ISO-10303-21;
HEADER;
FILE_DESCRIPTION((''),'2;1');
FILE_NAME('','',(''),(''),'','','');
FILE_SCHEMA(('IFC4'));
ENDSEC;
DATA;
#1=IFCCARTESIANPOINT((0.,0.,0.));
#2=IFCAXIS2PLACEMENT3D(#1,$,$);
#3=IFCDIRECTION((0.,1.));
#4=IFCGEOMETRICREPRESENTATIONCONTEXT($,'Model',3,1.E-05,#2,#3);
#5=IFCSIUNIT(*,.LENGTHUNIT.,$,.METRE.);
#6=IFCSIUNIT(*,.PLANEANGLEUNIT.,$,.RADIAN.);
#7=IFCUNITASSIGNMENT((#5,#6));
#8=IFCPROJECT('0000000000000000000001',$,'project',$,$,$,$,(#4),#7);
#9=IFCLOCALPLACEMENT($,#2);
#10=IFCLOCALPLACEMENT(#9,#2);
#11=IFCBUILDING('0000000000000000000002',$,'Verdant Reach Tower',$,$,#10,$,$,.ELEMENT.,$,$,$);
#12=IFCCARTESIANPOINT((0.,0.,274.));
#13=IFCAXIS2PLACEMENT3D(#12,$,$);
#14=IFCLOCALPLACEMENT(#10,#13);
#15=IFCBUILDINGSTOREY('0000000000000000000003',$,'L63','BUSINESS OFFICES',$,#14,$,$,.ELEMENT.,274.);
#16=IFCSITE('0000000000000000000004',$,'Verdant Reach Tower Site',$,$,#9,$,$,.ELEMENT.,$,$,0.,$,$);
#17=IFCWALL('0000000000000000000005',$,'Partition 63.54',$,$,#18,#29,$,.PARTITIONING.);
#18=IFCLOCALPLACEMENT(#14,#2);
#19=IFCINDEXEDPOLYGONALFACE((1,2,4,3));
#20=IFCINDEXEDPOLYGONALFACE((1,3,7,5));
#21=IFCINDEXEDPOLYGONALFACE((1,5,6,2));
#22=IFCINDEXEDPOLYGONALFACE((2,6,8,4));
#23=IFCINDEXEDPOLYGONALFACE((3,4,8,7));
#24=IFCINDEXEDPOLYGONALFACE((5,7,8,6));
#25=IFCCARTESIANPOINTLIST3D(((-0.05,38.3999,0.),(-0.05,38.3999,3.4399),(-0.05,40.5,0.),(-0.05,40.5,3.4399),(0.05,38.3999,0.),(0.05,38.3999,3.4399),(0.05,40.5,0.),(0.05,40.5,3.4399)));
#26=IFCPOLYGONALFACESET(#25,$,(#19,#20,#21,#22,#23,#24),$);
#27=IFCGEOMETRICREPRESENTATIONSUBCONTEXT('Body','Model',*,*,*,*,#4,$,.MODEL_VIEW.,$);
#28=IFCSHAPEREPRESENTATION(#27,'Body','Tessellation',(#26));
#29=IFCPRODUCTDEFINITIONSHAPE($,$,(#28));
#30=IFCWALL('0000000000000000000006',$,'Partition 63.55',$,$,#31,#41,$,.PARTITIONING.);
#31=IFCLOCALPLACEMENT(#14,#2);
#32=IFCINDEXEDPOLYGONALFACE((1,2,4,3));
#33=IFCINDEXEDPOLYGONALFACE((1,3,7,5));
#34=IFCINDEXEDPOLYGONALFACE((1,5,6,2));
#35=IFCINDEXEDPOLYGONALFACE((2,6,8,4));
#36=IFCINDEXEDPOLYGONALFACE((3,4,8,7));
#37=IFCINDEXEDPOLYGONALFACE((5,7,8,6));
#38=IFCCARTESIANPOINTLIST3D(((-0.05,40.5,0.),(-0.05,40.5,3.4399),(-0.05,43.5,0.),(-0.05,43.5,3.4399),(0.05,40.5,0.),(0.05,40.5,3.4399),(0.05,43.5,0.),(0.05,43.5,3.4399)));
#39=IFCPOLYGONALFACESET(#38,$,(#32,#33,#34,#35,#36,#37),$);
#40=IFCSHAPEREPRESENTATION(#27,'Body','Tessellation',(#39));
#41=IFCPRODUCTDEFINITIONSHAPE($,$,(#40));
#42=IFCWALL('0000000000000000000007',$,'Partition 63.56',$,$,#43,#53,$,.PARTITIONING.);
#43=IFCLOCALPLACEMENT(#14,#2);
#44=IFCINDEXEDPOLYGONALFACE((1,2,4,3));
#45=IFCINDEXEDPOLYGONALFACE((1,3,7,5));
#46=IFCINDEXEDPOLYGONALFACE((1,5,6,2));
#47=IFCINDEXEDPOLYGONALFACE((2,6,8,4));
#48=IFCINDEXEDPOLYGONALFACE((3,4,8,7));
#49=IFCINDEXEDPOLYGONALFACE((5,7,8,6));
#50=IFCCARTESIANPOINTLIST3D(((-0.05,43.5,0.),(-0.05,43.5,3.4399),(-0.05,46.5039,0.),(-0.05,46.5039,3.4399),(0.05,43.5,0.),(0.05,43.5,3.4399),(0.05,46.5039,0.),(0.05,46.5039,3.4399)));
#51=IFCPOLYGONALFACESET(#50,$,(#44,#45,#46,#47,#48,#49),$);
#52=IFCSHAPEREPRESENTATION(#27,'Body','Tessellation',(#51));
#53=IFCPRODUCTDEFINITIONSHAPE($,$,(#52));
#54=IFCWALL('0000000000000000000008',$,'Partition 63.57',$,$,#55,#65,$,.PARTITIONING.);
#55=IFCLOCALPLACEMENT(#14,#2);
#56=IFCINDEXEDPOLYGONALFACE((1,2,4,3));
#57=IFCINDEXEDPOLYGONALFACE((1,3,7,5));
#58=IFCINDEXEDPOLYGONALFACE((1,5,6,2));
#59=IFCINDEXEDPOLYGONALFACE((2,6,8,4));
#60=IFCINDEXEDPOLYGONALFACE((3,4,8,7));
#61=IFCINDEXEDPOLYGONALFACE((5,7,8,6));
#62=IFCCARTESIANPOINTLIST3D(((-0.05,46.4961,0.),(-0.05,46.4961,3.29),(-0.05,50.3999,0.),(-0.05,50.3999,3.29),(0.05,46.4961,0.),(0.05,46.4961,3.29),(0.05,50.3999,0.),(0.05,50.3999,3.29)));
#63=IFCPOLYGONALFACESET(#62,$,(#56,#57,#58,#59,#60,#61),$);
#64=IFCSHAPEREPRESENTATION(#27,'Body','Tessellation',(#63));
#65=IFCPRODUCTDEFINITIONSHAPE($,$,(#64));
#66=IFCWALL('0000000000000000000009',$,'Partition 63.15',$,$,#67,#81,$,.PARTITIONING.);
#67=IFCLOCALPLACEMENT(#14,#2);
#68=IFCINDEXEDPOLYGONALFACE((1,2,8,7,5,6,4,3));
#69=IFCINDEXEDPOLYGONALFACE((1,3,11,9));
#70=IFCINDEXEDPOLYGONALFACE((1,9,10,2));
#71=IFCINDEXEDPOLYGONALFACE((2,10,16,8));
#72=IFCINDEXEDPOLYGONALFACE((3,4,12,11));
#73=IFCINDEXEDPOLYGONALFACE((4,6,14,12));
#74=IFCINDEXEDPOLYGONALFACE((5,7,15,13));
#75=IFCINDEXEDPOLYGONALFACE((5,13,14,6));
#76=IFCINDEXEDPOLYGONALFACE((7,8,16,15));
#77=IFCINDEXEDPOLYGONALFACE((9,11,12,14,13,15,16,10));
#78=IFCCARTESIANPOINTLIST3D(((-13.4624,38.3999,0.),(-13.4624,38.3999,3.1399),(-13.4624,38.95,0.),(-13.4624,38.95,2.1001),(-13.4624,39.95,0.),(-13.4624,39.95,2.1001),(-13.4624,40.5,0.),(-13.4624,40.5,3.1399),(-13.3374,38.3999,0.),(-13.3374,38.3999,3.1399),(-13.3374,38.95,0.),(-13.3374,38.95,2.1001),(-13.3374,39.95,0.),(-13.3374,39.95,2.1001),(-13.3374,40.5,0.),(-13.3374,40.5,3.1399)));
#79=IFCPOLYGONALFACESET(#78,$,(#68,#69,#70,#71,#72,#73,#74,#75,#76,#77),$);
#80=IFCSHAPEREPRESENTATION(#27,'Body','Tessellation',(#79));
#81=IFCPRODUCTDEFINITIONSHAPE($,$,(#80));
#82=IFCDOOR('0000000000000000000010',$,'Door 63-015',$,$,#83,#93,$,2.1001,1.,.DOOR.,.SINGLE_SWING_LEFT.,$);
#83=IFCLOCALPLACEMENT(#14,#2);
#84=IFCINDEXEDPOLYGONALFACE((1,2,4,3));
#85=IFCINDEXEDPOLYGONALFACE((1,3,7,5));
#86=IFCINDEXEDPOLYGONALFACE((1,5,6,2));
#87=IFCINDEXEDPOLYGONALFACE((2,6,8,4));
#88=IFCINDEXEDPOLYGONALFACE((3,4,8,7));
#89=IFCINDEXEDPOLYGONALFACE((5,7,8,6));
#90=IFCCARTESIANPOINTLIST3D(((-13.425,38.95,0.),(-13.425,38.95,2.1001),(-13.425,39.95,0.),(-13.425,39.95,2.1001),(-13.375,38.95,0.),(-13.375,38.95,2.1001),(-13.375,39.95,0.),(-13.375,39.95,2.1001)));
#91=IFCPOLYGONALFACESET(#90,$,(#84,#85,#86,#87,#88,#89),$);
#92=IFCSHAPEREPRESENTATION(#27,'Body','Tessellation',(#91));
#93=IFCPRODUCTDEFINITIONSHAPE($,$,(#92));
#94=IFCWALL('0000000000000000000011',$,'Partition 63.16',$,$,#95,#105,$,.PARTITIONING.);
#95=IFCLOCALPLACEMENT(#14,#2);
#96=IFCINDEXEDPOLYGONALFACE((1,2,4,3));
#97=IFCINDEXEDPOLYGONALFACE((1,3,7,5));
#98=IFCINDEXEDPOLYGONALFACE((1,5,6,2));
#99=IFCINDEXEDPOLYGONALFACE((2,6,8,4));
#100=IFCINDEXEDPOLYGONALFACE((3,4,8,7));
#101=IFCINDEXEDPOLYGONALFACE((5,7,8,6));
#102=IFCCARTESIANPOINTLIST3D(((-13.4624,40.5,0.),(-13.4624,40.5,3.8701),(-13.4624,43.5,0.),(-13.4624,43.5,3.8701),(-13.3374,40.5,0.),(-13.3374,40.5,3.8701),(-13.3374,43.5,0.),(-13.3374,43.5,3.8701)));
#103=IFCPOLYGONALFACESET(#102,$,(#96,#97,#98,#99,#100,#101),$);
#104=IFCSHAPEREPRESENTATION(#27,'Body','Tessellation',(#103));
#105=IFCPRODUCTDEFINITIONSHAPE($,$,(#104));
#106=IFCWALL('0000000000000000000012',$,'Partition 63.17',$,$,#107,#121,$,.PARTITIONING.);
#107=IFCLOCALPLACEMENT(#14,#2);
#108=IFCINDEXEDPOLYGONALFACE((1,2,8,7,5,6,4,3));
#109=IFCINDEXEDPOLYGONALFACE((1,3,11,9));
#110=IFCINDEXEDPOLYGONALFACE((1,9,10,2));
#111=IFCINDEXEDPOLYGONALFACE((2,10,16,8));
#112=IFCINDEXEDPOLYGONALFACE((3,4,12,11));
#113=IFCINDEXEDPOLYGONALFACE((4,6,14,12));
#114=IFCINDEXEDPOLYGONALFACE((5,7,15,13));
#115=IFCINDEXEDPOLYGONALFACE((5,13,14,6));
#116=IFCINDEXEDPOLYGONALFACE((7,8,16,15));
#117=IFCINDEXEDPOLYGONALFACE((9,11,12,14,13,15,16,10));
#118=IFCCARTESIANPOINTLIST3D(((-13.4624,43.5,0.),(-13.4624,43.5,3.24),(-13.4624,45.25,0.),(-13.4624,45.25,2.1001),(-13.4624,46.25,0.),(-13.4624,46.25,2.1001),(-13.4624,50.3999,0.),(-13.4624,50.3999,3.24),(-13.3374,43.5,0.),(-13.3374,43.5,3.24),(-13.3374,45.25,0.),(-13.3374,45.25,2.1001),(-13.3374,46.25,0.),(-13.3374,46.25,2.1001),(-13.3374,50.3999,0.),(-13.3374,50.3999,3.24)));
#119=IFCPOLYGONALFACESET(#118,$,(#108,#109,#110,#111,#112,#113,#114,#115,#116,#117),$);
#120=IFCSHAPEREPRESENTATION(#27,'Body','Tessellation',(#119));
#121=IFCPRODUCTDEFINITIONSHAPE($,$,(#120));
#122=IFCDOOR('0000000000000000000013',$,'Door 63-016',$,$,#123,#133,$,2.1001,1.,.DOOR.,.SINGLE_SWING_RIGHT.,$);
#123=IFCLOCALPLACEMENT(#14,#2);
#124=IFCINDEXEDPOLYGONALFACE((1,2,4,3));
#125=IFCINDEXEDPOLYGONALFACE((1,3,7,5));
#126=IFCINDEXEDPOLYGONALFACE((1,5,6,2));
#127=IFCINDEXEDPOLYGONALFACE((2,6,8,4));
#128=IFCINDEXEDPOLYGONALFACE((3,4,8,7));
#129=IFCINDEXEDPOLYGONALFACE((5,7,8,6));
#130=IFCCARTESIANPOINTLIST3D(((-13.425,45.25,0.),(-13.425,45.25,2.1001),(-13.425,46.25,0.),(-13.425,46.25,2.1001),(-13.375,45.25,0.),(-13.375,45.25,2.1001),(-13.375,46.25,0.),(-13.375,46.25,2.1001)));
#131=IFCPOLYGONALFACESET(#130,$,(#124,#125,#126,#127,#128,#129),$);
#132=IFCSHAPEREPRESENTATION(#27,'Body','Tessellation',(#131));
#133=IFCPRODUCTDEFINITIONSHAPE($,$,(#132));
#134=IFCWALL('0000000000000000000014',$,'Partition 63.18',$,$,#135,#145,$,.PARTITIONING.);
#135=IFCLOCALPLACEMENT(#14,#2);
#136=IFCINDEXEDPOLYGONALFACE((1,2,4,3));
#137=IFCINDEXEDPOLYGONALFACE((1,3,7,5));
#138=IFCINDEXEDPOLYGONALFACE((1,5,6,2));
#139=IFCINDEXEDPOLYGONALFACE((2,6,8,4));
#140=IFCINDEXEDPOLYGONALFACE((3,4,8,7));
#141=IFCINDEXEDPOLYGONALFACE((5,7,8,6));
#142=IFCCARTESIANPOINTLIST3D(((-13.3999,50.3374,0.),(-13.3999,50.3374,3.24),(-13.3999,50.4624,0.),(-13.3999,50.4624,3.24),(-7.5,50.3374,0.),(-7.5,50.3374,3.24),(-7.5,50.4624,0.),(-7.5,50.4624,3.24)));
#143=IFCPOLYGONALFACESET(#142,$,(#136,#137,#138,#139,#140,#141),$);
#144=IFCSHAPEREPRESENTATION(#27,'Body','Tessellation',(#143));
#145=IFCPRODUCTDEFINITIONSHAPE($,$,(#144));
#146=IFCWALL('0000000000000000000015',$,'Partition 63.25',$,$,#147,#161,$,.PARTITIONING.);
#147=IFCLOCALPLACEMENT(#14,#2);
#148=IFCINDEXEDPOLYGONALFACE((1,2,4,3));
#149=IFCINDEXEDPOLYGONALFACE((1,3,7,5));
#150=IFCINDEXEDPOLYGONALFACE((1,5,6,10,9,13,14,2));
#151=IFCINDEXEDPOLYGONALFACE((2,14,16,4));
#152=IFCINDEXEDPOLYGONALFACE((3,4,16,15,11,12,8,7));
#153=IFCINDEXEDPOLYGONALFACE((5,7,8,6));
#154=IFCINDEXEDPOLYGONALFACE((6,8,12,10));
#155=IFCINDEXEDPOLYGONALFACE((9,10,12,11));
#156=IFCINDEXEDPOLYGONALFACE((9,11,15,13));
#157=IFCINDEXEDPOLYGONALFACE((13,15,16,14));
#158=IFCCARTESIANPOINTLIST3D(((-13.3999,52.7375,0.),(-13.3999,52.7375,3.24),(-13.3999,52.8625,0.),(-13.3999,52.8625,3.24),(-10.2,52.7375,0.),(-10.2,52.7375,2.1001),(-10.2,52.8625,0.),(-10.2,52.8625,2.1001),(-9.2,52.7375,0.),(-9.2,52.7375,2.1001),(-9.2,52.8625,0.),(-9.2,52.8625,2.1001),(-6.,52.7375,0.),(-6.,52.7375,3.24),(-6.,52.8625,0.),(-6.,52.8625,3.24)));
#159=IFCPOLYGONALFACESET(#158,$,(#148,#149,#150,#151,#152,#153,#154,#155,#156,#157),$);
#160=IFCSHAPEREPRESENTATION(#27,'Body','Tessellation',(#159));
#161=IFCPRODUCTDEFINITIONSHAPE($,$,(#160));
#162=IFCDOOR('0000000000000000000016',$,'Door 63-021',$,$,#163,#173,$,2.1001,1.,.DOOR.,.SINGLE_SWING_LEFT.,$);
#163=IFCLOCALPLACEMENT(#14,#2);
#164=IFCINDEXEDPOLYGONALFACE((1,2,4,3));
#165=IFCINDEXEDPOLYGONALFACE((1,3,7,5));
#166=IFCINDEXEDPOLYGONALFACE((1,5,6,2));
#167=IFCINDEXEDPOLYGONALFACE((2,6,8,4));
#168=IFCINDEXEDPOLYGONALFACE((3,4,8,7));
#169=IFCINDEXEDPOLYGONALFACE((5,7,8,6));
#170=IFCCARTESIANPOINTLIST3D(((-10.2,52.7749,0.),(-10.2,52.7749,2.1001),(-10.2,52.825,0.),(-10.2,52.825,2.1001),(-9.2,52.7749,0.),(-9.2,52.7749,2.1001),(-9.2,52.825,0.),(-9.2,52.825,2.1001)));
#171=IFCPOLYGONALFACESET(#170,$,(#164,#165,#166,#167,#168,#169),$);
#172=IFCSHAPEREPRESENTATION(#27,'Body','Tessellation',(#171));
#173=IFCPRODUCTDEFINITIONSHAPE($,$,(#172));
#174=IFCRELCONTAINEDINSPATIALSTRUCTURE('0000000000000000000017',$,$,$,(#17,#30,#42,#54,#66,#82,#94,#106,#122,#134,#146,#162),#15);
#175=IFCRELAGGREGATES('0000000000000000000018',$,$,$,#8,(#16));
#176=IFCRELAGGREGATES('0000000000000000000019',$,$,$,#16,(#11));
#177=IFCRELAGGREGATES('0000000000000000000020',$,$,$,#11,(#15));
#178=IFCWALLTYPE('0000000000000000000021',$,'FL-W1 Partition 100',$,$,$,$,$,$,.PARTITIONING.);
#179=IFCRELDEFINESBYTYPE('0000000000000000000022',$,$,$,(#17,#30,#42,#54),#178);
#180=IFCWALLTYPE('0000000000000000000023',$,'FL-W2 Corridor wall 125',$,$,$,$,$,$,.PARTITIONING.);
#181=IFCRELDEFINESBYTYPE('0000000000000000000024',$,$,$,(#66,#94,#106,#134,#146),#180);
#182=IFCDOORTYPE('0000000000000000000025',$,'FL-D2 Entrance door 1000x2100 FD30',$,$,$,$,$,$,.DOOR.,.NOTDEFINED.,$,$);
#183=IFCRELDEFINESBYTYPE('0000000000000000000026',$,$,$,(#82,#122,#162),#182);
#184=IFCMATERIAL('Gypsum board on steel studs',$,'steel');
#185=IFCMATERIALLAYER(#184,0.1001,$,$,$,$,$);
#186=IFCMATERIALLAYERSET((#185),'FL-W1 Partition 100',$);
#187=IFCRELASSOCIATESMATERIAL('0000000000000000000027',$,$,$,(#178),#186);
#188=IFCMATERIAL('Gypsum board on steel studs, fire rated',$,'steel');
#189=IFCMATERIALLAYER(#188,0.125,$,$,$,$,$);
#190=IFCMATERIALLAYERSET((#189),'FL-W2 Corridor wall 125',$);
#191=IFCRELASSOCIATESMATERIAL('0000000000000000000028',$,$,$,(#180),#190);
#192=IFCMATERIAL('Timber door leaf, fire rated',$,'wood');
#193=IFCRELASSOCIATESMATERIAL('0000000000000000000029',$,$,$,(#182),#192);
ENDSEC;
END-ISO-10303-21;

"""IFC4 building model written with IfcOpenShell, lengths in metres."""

from ifc_helpers import new_model, si_unit, direction, frame, frame_2d, origin, place, context, subcontext, project, spatial, rectangle, extrude, material, layer, layer_set, type_object, element, fill, save


model = new_model("IFC4")

# Units and contexts
model_context = context("Model", 3, precision=1e-05, world=origin(), true_north=direction((0.0, 1.0)))
body_context = subcontext(model_context, "Body", "Model", "MODEL_VIEW")
ifc_project = project(units=[si_unit("LENGTHUNIT", "METRE"), si_unit("PLANEANGLEUNIT", "RADIAN")], contexts=[model_context])

# Site, building, storey
site_placement = place(None, origin())
site = spatial("IfcSite", under=ifc_project, at=site_placement, Name="Verdant Reach Tower Site", CompositionType="ELEMENT", RefElevation=0.0)
building_placement = place(site_placement, origin())
building = spatial("IfcBuilding", under=site, at=building_placement, Name="Verdant Reach Tower", CompositionType="ELEMENT")
storey_placement = place(building_placement, frame((0.0, 0.0, 274.0)))
storey = spatial("IfcBuildingStorey", under=building, at=storey_placement, Name="L63", Description="BUSINESS OFFICES", CompositionType="ELEMENT", Elevation=274.0)

# Shared definitions
ifc_material_1 = material(Name="Gypsum board on steel studs", Category="steel")
ifc_layer_1 = layer(ifc_material_1, 0.1001)
ifc_layer_set_1 = layer_set([ifc_layer_1], Name="FL-W1 Partition 100")
wall_type_1 = type_object("IfcWallType", Name="FL-W1 Partition 100", PredefinedType="PARTITIONING", material=ifc_layer_set_1)

# Walls
wall_1_placement = place(storey_placement, frame((0.0, 38.3999, 0.0), z_axis=(0.0, 0.0, 1.0), x_axis=(0.0, 1.0, 0.0)))
element("IfcWall", 1, at=wall_1_placement, inside=storey, type_object=wall_type_1, Name="Partition 63.54", PredefinedType="PARTITIONING", context=body_context, shape_type="SweptSolid", body=[
    extrude(rectangle(XDim=2.1001, YDim=0.1001, at=frame_2d((1.05, 0.0))), origin(), (0.0, 0.0, 1.0), 3.4399),
])
wall_2_placement = place(storey_placement, frame((0.0, 40.5, 0.0), z_axis=(0.0, 0.0, 1.0), x_axis=(0.0, 1.0, 0.0)))
element("IfcWall", 2, at=wall_2_placement, inside=storey, type_object=wall_type_1, Name="Partition 63.55", PredefinedType="PARTITIONING", context=body_context, shape_type="SweptSolid", body=[
    extrude(rectangle(XDim=3.0, YDim=0.1001, at=frame_2d((1.5, 0.0))), origin(), (0.0, 0.0, 1.0), 3.4399),
])
wall_3_placement = place(storey_placement, frame((0.0, 43.5, 0.0), z_axis=(0.0, 0.0, 1.0), x_axis=(0.0, 1.0, 0.0)))
element("IfcWall", 3, at=wall_3_placement, inside=storey, type_object=wall_type_1, Name="Partition 63.56", PredefinedType="PARTITIONING", context=body_context, shape_type="SweptSolid", body=[
    extrude(rectangle(XDim=3.0039, YDim=0.1001, at=frame_2d((1.502, 0.0))), origin(), (0.0, 0.0, 1.0), 3.4399),
])
wall_4_placement = place(storey_placement, frame((0.0, 46.4961, 0.0), z_axis=(0.0, 0.0, 1.0), x_axis=(0.0, 1.0, 0.0)))
element("IfcWall", 4, at=wall_4_placement, inside=storey, type_object=wall_type_1, Name="Partition 63.57", PredefinedType="PARTITIONING", context=body_context, shape_type="SweptSolid", body=[
    extrude(rectangle(XDim=3.9038, YDim=0.1001, at=frame_2d((1.9519, 0.0))), origin(), (0.0, 0.0, 1.0), 3.29),
])

# Wall, opening, door
ifc_material_2 = material(Name="Gypsum board on steel studs, fire rated", Category="steel")
ifc_layer_2 = layer(ifc_material_2, 0.125)
ifc_layer_set_2 = layer_set([ifc_layer_2], Name="FL-W2 Corridor wall 125")
wall_type_2 = type_object("IfcWallType", Name="FL-W2 Corridor wall 125", PredefinedType="PARTITIONING", material=ifc_layer_set_2)
wall_5_placement = place(storey_placement, frame((-13.3999, 40.5, 0.0), z_axis=(0.0, 0.0, 1.0), x_axis=(0.0, -1.0, 0.0)))
wall_5 = element("IfcWall", 5, at=wall_5_placement, inside=storey, type_object=wall_type_2, Name="Partition 63.15", PredefinedType="PARTITIONING", context=body_context, shape_type="SweptSolid", body=[
    extrude(rectangle(XDim=2.1001, YDim=0.125, at=frame_2d((1.05, 0.0))), origin(), (0.0, 0.0, 1.0), 3.1399),
])
opening_1_placement = place(wall_5_placement, frame((0.55, 0.0, 0.0)))
opening_1 = element("IfcOpeningElement", 6, at=opening_1_placement, cuts=wall_5, PredefinedType="OPENING", context=body_context, shape_type="SweptSolid", body=[
    extrude(rectangle(XDim=1.0, YDim=2.1001, at=frame_2d((0.5, 1.05))), frame((0.0, 0.0725, 0.0), z_axis=(0.0, -1.0, 0.0), x_axis=(1.0, 0.0, 0.0)), (0.0, 0.0, 1.0), 0.145),
])
ifc_material_3 = material(Name="Timber door leaf, fire rated", Category="wood")
door_type_1 = type_object("IfcDoorType", Name="FL-D2 Entrance door 1000x2100 FD30", OperationType="NOTDEFINED", PredefinedType="DOOR", material=ifc_material_3)
door_1_placement = place(opening_1_placement, origin())
door_1 = element("IfcDoor", 7, at=door_1_placement, inside=storey, type_object=door_type_1, Name="Door 63-015", OperationType="SINGLE_SWING_LEFT", OverallHeight=2.1001, OverallWidth=1.0, PredefinedType="DOOR", context=body_context, shape_type="SweptSolid", body=[
    extrude(rectangle(XDim=1.0, YDim=2.1001, at=frame_2d((0.5, 1.05))), frame((0.0, 0.0249, 0.0), z_axis=(0.0, -1.0, 0.0), x_axis=(1.0, 0.0, 0.0)), (0.0, 0.0, 1.0), 0.05),
])
fill(opening_1, door_1)

# Wall
wall_6_placement = place(storey_placement, frame((-13.3999, 40.5, 0.0), z_axis=(0.0, 0.0, 1.0), x_axis=(0.0, 1.0, 0.0)))
element("IfcWall", 8, at=wall_6_placement, inside=storey, type_object=wall_type_2, Name="Partition 63.16", PredefinedType="PARTITIONING", context=body_context, shape_type="SweptSolid", body=[
    extrude(rectangle(XDim=3.0, YDim=0.125, at=frame_2d((1.5, 0.0))), origin(), (0.0, 0.0, 1.0), 3.8701),
])

# Wall, opening, door
wall_7_placement = place(storey_placement, frame((-13.3999, 50.3999, 0.0), z_axis=(0.0, 0.0, 1.0), x_axis=(0.0, -1.0, 0.0)))
wall_7 = element("IfcWall", 9, at=wall_7_placement, inside=storey, type_object=wall_type_2, Name="Partition 63.17", PredefinedType="PARTITIONING", context=body_context, shape_type="SweptSolid", body=[
    extrude(rectangle(XDim=6.8999, YDim=0.125, at=frame_2d((3.45, 0.0))), origin(), (0.0, 0.0, 1.0), 3.24),
])
opening_2_placement = place(wall_7_placement, frame((4.1499, 0.0, 0.0)))
opening_2 = element("IfcOpeningElement", 10, at=opening_2_placement, cuts=wall_7, PredefinedType="OPENING", context=body_context, shape_type="SweptSolid", body=[
    extrude(rectangle(XDim=1.0, YDim=2.1001, at=frame_2d((0.5, 1.05))), frame((0.0, 0.0725, 0.0), z_axis=(0.0, -1.0, 0.0), x_axis=(1.0, 0.0, 0.0)), (0.0, 0.0, 1.0), 0.145),
])
door_2_placement = place(opening_2_placement, origin())
door_2 = element("IfcDoor", 11, at=door_2_placement, inside=storey, type_object=door_type_1, Name="Door 63-016", OperationType="SINGLE_SWING_RIGHT", OverallHeight=2.1001, OverallWidth=1.0, PredefinedType="DOOR", context=body_context, shape_type="SweptSolid", body=[
    extrude(rectangle(XDim=1.0, YDim=2.1001, at=frame_2d((0.5, 1.05))), frame((0.0, 0.0249, 0.0), z_axis=(0.0, -1.0, 0.0), x_axis=(1.0, 0.0, 0.0)), (0.0, 0.0, 1.0), 0.05),
])
fill(opening_2, door_2)

# Wall
wall_8_placement = place(storey_placement, frame((-7.5, 50.3999, 0.0), z_axis=(0.0, 0.0, 1.0), x_axis=(-1.0, 0.0, 0.0)))
element("IfcWall", 12, at=wall_8_placement, inside=storey, type_object=wall_type_2, Name="Partition 63.18", PredefinedType="PARTITIONING", context=body_context, shape_type="SweptSolid", body=[
    extrude(rectangle(XDim=5.8999, YDim=0.125, at=frame_2d((2.95, 0.0))), origin(), (0.0, 0.0, 1.0), 3.24),
])

# Wall, opening, door
wall_9_placement = place(storey_placement, frame((-13.3999, 52.8, 0.0), z_axis=(0.0, 0.0, 1.0), x_axis=(1.0, 0.0, 0.0)))
wall_9 = element("IfcWall", 13, at=wall_9_placement, inside=storey, type_object=wall_type_2, Name="Partition 63.25", PredefinedType="PARTITIONING", context=body_context, shape_type="SweptSolid", body=[
    extrude(rectangle(XDim=7.3999, YDim=0.125, at=frame_2d((3.7, 0.0))), origin(), (0.0, 0.0, 1.0), 3.24),
])
opening_3_placement = place(wall_9_placement, frame((3.2, 0.0, 0.0)))
opening_3 = element("IfcOpeningElement", 14, at=opening_3_placement, cuts=wall_9, PredefinedType="OPENING", context=body_context, shape_type="SweptSolid", body=[
    extrude(rectangle(XDim=1.0, YDim=2.1001, at=frame_2d((0.5, 1.05))), frame((0.0, 0.0725, 0.0), z_axis=(0.0, -1.0, 0.0), x_axis=(1.0, 0.0, 0.0)), (0.0, 0.0, 1.0), 0.145),
])
door_3_placement = place(opening_3_placement, origin())
door_3 = element("IfcDoor", 15, at=door_3_placement, inside=storey, type_object=door_type_1, Name="Door 63-021", OperationType="SINGLE_SWING_LEFT", OverallHeight=2.1001, OverallWidth=1.0, PredefinedType="DOOR", context=body_context, shape_type="SweptSolid", body=[
    extrude(rectangle(XDim=1.0, YDim=2.1001, at=frame_2d((0.5, 1.05))), frame((0.0, 0.0249, 0.0), z_axis=(0.0, -1.0, 0.0), x_axis=(1.0, 0.0, 0.0)), (0.0, 0.0, 1.0), 0.05),
])
fill(opening_3, door_3)

save(model, "model.ifc")
